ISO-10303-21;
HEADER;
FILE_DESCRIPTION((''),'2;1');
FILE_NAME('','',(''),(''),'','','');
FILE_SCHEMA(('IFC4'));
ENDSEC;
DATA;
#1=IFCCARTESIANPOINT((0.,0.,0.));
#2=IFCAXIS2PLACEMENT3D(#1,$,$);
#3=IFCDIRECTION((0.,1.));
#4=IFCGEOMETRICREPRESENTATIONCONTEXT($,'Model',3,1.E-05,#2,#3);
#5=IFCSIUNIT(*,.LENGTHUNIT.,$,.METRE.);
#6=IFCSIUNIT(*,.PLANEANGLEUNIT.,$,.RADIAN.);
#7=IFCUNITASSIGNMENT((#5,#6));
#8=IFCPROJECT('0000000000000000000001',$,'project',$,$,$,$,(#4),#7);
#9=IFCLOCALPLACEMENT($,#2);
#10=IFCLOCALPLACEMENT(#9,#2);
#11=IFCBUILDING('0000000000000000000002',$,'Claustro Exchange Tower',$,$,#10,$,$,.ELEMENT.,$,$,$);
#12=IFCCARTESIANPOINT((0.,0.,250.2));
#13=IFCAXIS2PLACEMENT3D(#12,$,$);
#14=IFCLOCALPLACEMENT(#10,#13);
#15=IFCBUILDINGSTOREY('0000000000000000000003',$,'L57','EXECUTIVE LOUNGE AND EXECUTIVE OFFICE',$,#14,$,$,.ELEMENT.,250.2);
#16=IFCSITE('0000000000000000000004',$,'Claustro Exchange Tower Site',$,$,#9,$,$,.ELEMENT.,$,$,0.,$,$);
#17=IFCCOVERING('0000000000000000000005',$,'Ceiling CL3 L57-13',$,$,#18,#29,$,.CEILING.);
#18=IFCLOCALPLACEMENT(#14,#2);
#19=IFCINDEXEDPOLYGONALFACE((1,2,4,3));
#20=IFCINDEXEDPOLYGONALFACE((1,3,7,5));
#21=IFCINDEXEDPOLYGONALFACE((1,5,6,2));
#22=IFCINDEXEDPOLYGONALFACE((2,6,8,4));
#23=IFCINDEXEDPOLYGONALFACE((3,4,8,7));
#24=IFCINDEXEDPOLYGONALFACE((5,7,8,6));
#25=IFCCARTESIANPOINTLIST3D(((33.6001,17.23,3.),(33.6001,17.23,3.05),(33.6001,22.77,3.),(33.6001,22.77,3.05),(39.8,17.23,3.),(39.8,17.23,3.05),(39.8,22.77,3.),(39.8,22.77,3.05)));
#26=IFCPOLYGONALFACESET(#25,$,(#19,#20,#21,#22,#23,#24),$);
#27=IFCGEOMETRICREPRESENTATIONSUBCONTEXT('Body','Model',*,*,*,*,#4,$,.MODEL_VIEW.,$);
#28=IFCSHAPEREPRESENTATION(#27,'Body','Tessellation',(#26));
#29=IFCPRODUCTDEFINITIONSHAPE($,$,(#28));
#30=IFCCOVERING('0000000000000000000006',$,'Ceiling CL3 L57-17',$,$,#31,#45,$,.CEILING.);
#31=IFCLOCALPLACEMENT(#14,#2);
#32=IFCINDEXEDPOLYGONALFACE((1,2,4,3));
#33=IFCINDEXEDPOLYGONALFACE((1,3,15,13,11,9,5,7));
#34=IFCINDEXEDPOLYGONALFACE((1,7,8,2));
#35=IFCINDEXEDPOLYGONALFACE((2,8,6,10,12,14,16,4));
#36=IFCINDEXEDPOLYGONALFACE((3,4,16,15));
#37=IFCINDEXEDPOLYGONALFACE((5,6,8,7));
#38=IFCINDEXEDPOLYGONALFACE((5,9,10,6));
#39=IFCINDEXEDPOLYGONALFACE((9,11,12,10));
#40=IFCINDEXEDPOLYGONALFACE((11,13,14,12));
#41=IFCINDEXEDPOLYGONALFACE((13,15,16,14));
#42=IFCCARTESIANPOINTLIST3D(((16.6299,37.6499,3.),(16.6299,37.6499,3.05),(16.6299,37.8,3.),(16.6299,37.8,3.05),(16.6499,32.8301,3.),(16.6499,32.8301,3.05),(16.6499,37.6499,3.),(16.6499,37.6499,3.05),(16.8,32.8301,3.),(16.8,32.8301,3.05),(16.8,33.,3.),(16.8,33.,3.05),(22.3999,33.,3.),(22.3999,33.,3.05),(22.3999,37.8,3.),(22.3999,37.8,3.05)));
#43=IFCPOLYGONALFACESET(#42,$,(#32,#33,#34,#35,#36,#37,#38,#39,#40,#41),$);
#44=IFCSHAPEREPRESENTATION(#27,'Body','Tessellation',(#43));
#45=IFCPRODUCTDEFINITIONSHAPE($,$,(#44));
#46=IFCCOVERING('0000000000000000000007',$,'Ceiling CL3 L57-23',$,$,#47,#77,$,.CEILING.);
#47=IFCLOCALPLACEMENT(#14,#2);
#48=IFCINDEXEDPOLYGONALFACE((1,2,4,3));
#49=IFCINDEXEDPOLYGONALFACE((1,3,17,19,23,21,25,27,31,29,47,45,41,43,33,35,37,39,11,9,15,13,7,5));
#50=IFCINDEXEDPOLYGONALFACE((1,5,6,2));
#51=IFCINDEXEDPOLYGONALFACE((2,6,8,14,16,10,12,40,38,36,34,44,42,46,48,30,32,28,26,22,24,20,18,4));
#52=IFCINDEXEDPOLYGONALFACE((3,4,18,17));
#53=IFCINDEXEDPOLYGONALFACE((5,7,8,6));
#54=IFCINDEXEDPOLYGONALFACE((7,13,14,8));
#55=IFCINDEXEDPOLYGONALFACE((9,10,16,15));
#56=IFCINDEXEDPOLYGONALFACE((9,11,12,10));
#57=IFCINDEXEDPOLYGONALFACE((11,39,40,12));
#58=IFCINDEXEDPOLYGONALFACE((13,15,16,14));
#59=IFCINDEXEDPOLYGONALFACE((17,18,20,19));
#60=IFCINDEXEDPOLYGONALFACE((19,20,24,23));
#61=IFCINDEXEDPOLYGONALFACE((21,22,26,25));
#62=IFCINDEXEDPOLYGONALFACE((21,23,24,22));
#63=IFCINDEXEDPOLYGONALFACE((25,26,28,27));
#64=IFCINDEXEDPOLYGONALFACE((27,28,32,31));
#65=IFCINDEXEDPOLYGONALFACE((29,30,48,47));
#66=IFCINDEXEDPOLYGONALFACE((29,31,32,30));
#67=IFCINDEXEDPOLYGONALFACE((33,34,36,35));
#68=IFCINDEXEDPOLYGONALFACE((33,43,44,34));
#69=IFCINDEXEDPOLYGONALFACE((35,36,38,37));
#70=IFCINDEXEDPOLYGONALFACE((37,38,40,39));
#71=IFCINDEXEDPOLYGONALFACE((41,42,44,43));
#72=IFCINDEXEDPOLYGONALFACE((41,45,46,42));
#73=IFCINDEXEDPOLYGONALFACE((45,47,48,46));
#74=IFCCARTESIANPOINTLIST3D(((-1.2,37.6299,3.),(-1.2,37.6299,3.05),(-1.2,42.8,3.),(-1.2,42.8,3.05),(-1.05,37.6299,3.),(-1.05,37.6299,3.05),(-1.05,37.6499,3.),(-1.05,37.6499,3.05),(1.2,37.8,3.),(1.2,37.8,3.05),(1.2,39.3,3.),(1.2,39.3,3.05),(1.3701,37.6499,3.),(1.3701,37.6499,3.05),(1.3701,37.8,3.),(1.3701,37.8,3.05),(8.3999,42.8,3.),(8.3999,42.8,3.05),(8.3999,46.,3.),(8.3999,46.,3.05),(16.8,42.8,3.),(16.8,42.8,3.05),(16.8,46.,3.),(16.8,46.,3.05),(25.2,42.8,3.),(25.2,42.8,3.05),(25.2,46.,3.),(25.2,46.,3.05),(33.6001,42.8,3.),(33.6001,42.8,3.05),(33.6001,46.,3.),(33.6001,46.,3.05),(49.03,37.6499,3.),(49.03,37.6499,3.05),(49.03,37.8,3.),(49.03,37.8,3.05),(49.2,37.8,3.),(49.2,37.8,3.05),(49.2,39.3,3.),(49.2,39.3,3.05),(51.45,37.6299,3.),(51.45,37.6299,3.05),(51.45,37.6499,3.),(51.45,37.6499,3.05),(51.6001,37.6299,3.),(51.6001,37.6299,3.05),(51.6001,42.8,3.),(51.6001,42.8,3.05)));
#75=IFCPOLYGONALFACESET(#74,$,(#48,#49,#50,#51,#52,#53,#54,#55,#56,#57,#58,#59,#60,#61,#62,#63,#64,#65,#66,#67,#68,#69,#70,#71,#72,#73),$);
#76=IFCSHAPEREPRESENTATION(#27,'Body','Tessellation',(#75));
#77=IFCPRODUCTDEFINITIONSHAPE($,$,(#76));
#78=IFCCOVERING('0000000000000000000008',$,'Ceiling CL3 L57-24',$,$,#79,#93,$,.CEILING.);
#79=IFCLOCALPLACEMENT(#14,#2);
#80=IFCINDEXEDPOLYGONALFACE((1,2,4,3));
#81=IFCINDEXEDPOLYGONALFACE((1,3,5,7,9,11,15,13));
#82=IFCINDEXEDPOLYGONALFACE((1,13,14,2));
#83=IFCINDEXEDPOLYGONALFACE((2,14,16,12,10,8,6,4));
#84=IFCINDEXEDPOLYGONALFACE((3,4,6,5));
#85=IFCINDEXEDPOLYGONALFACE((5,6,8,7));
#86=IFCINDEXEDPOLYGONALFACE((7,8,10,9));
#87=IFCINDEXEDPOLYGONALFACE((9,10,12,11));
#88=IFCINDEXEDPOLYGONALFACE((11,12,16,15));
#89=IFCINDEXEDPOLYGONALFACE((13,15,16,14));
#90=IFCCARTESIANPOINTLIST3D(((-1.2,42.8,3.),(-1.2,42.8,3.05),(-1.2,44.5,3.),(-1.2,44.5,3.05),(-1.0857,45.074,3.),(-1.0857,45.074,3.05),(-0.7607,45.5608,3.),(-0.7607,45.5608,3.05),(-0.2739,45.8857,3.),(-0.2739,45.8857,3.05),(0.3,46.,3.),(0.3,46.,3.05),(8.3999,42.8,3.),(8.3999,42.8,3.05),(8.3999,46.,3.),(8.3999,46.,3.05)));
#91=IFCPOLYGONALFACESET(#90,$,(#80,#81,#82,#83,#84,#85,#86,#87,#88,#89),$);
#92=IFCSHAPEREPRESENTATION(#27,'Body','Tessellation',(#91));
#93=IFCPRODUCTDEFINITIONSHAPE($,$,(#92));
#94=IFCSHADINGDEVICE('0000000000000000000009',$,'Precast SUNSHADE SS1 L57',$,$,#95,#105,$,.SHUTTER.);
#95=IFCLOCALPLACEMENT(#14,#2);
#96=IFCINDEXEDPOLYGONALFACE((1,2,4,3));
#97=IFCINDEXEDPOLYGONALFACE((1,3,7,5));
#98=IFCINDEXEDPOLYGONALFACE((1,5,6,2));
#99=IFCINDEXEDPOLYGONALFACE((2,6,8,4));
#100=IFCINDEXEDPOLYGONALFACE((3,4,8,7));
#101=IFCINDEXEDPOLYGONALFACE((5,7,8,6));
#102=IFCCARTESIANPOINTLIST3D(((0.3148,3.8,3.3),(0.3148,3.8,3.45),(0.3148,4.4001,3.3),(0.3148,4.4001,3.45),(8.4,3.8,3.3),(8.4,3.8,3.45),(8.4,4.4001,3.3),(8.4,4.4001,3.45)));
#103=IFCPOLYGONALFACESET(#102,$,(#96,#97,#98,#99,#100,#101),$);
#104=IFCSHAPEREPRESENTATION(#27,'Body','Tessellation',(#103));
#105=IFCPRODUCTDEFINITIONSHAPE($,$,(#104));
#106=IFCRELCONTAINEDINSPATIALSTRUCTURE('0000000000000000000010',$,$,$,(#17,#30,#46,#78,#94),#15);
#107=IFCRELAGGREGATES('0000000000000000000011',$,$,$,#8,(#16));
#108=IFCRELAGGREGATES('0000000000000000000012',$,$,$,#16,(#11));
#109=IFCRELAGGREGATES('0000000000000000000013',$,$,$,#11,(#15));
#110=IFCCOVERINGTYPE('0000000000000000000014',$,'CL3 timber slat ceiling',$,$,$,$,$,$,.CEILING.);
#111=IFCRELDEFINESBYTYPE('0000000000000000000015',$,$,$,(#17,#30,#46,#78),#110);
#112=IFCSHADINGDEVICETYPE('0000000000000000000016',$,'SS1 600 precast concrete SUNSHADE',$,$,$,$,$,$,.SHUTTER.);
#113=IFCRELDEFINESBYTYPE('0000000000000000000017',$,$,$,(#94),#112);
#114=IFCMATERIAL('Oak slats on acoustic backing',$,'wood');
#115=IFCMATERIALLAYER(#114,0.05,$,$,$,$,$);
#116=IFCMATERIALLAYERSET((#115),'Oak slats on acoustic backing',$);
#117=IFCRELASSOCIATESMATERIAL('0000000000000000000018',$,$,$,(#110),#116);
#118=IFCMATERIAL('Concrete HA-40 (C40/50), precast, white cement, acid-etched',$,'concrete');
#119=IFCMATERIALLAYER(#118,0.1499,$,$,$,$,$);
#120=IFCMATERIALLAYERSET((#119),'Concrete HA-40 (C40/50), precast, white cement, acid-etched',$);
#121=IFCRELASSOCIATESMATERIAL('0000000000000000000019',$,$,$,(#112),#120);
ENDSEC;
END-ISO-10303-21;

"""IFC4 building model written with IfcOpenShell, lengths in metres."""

from ifc_helpers import new_model, si_unit, direction, frame, origin, origin_2d, place, context, subcontext, project, spatial, polyline, rectangle, outline, extrude, material, layer, layer_set, type_object, element, save


model = new_model("IFC4")

# Units and contexts
model_context = context("Model", 3, precision=1e-05, world=origin(), true_north=direction((0.0, 1.0)))
body_context = subcontext(model_context, "Body", "Model", "MODEL_VIEW")
ifc_project = project(units=[si_unit("LENGTHUNIT", "METRE"), si_unit("PLANEANGLEUNIT", "RADIAN")], contexts=[model_context])

# Site, building, storey
site_placement = place(None, origin())
site = spatial("IfcSite", under=ifc_project, at=site_placement, Name="Claustro Exchange Tower Site", CompositionType="ELEMENT", RefElevation=0.0)
building_placement = place(site_placement, origin())
building = spatial("IfcBuilding", under=site, at=building_placement, Name="Claustro Exchange Tower", CompositionType="ELEMENT")
storey_placement = place(building_placement, frame((0.0, 0.0, 250.2)))
storey = spatial("IfcBuildingStorey", under=building, at=storey_placement, Name="L57", Description="EXECUTIVE LOUNGE AND EXECUTIVE OFFICE", CompositionType="ELEMENT", Elevation=250.2)

# Coverings
ifc_material_1 = material(Name="Oak slats on acoustic backing", Category="wood")
ifc_layer_1 = layer(ifc_material_1, 0.05)
ifc_layer_set_1 = layer_set([ifc_layer_1], Name="Oak slats on acoustic backing")
covering_type_1 = type_object("IfcCoveringType", Name="CL3 timber slat ceiling", PredefinedType="CEILING", material=ifc_layer_set_1)
covering_1_placement = place(storey_placement, frame((0.0, 0.0, 3.0)))
element("IfcCovering", 1, at=covering_1_placement, inside=storey, type_object=covering_type_1, Name="Ceiling CL3 L57-13", PredefinedType="CEILING", context=body_context, shape_type="SweptSolid", body=[
    extrude(outline(polyline([(33.6001, 22.77), (33.6001, 17.23), (39.8, 17.23), (39.8, 22.77), (33.6001, 22.77)])), origin(), (0.0, 0.0, 1.0), 0.05),
])
covering_2_placement = place(storey_placement, frame((0.0, 0.0, 3.0)))
element("IfcCovering", 2, at=covering_2_placement, inside=storey, type_object=covering_type_1, Name="Ceiling CL3 L57-17", PredefinedType="CEILING", context=body_context, shape_type="SweptSolid", body=[
    extrude(outline(polyline([(22.3999, 37.8), (16.6299, 37.8), (16.6299, 37.6499), (16.6499, 37.6499), (16.6499, 32.8301), (16.8, 32.8301), (16.8, 33.0), (22.3999, 33.0), (22.3999, 37.8)])), origin(), (0.0, 0.0, 1.0), 0.05),
])
covering_3_placement = place(storey_placement, frame((0.0, 0.0, 3.0)))
element("IfcCovering", 3, at=covering_3_placement, inside=storey, type_object=covering_type_1, Name="Ceiling CL3 L57-23", PredefinedType="CEILING", context=body_context, shape_type="SweptSolid", body=[
    extrude(outline(polyline([(-1.05, 37.6499), (1.3701, 37.6499), (1.3701, 37.8), (1.2, 37.8), (1.2, 39.3), (49.2, 39.3), (49.2, 37.8), (49.03, 37.8), (49.03, 37.6499), (51.45, 37.6499), (51.45, 37.6299), (51.6001, 37.6299), (51.6001, 42.8), (33.6001, 42.8), (33.6001, 46.0), (25.2, 46.0), (25.2, 42.8), (16.8, 42.8), (16.8, 46.0), (8.3999, 46.0), (8.3999, 42.8), (-1.2, 42.8), (-1.2, 37.6299), (-1.05, 37.6299), (-1.05, 37.6499)])), origin(), (0.0, 0.0, 1.0), 0.05),
])
covering_4_placement = place(storey_placement, frame((0.0, 0.0, 3.0)))
element("IfcCovering", 4, at=covering_4_placement, inside=storey, type_object=covering_type_1, Name="Ceiling CL3 L57-24", PredefinedType="CEILING", context=body_context, shape_type="SweptSolid", body=[
    extrude(outline(polyline([(-1.2, 44.5), (-1.2, 42.8), (8.3999, 42.8), (8.3999, 46.0), (0.3, 46.0), (-0.2739, 45.8857), (-0.7607, 45.5608), (-1.0857, 45.074), (-1.2, 44.5)])), origin(), (0.0, 0.0, 1.0), 0.05),
])

# Shading device
ifc_material_2 = material(Name="Concrete HA-40 (C40/50), precast, white cement, acid-etched", Category="concrete")
ifc_layer_2 = layer(ifc_material_2, 0.1499)
ifc_layer_set_2 = layer_set([ifc_layer_2], Name="Concrete HA-40 (C40/50), precast, white cement, acid-etched")
shading_device_type = type_object("IfcShadingDeviceType", Name="SS1 600 precast concrete SUNSHADE", PredefinedType="SHUTTER", material=ifc_layer_set_2)
shading_device_placement = place(storey_placement, frame((4.3574, 4.1001, 3.3), z_axis=(0.0, 0.0, 1.0), x_axis=(-1.0, 0.0, 0.0)))
element("IfcShadingDevice", 5, at=shading_device_placement, inside=storey, type_object=shading_device_type, Name="Precast SUNSHADE SS1 L57", PredefinedType="SHUTTER", context=body_context, shape_type="SweptSolid", body=[
    extrude(rectangle(XDim=8.0852, YDim=0.6001, at=origin_2d()), origin(), (0.0, 0.0, 1.0), 0.1499),
])

save(model, "model.ifc")
